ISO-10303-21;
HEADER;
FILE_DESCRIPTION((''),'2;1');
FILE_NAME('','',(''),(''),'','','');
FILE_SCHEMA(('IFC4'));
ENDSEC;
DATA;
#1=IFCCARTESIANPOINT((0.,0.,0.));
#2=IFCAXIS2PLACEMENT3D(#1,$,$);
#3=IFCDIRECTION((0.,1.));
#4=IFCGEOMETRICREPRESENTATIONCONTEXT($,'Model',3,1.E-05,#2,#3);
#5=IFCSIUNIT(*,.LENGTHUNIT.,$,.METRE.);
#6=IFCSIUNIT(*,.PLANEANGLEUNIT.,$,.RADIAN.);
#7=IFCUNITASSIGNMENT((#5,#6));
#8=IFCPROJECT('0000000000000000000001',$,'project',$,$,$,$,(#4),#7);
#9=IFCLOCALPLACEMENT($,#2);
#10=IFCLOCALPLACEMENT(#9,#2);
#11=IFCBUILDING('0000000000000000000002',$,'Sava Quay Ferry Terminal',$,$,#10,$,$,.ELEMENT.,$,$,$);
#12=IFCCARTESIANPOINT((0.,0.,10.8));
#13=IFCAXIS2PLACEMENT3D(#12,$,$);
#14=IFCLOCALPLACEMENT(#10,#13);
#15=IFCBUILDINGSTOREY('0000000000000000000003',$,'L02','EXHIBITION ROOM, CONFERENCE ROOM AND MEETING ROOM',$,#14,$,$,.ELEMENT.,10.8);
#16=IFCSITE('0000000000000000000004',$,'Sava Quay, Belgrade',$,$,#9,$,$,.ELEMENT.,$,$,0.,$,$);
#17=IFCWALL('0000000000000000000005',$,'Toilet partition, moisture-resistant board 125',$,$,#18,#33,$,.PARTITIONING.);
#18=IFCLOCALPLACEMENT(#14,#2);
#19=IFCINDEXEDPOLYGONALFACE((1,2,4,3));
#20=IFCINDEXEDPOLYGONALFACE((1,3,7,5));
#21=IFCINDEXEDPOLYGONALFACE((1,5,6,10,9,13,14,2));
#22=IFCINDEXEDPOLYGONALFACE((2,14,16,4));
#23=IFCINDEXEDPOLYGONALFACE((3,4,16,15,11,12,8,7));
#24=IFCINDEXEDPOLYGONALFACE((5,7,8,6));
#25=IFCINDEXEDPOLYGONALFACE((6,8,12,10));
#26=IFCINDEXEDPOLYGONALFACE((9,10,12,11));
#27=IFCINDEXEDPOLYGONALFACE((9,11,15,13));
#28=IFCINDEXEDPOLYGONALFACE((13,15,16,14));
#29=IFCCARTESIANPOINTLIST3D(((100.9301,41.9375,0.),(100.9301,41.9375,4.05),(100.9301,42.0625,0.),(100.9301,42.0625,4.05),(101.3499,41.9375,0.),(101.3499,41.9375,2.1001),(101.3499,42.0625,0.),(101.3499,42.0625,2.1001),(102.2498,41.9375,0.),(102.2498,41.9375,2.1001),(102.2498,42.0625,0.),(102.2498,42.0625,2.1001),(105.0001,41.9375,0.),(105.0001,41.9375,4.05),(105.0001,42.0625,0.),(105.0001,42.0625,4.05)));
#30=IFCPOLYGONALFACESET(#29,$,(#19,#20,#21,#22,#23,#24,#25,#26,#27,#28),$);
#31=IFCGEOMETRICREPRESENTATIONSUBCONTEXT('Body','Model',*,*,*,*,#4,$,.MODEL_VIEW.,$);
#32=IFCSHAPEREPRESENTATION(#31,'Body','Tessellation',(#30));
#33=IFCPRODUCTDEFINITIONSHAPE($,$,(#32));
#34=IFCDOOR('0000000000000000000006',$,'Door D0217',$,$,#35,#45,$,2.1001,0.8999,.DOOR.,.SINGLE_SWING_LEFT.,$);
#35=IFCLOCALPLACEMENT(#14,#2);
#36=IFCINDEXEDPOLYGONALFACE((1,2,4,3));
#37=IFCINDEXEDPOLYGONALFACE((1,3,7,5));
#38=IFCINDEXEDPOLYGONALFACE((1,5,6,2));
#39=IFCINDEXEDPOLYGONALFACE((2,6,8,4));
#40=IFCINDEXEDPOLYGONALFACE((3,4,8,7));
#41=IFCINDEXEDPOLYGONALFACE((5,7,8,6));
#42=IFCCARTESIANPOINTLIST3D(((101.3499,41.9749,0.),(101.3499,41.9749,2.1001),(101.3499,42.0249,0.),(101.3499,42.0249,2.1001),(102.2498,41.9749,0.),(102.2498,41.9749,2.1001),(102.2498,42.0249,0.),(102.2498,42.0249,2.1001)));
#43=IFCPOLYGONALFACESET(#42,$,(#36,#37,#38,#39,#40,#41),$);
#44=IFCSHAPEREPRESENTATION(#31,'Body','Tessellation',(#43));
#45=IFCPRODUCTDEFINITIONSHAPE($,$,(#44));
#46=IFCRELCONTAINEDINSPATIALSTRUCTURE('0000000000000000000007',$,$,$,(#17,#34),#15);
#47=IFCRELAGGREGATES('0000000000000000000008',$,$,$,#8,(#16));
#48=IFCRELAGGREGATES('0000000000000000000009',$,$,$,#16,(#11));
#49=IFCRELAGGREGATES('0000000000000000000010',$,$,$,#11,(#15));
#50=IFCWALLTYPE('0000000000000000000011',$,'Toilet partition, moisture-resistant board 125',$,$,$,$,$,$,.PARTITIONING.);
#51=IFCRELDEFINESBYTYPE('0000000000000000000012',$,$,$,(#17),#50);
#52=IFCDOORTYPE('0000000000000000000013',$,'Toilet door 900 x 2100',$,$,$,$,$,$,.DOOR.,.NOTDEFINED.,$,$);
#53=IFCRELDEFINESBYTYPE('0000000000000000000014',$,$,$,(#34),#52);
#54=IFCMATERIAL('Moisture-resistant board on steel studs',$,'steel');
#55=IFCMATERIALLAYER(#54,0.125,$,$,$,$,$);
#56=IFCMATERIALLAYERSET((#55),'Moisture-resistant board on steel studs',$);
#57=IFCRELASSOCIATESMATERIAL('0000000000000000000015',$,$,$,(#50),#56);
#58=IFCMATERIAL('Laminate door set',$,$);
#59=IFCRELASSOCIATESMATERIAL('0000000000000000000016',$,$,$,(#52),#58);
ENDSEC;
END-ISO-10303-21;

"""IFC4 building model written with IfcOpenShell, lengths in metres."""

from ifc_helpers import new_model, si_unit, direction, frame, frame_2d, origin, place, context, subcontext, project, spatial, rectangle, extrude, material, layer, layer_set, type_object, element, fill, save


model = new_model("IFC4")

# Units and contexts
model_context = context("Model", 3, precision=1e-05, world=origin(), true_north=direction((0.0, 1.0)))
body_context = subcontext(model_context, "Body", "Model", "MODEL_VIEW")
ifc_project = project(units=[si_unit("LENGTHUNIT", "METRE"), si_unit("PLANEANGLEUNIT", "RADIAN")], contexts=[model_context])

# Site, building, storey
site_placement = place(None, origin())
site = spatial("IfcSite", under=ifc_project, at=site_placement, Name="Sava Quay, Belgrade", CompositionType="ELEMENT", RefElevation=0.0)
building_placement = place(site_placement, origin())
building = spatial("IfcBuilding", under=site, at=building_placement, Name="Sava Quay Ferry Terminal", CompositionType="ELEMENT")
storey_placement = place(building_placement, frame((0.0, 0.0, 10.8)))
storey = spatial("IfcBuildingStorey", under=building, at=storey_placement, Name="L02", Description="EXHIBITION ROOM, CONFERENCE ROOM AND MEETING ROOM", CompositionType="ELEMENT", Elevation=10.8)

# Wall, opening, door
ifc_material_1 = material(Name="Moisture-resistant board on steel studs", Category="steel")
ifc_layer_1 = layer(ifc_material_1, 0.125)
ifc_layer_set_1 = layer_set([ifc_layer_1], Name="Moisture-resistant board on steel studs")
wall_type_1 = type_object("IfcWallType", Name="Toilet partition, moisture-resistant board 125", PredefinedType="PARTITIONING", material=ifc_layer_set_1)
wall_1_placement = place(storey_placement, frame((100.9299, 42.0, 0.0), z_axis=(0.0, 0.0, 1.0), x_axis=(1.0, 0.0, 0.0)))
wall_1 = element("IfcWall", 1, at=wall_1_placement, inside=storey, type_object=wall_type_1, Name="Toilet partition, moisture-resistant board 125", PredefinedType="PARTITIONING", context=body_context, shape_type="SweptSolid", body=[
    extrude(rectangle(XDim=4.0701, YDim=0.125, at=frame_2d((2.0352, 0.0))), origin(), (0.0, 0.0, 1.0), 4.05),
])
opening_1_placement = place(wall_1_placement, frame((0.4199, 0.0, 0.0)))
opening_1 = element("IfcOpeningElement", 2, at=opening_1_placement, cuts=wall_1, PredefinedType="OPENING", context=body_context, shape_type="SweptSolid", body=[
    extrude(rectangle(XDim=0.8999, YDim=2.1001, at=frame_2d((0.45, 1.05))), frame((0.0, 0.0625, 0.0), z_axis=(0.0, -1.0, 0.0), x_axis=(1.0, 0.0, 0.0)), (0.0, 0.0, 1.0), 0.125),
])
ifc_material_2 = material(Name="Laminate door set")
door_type_1 = type_object("IfcDoorType", Name="Toilet door 900 x 2100", OperationType="NOTDEFINED", PredefinedType="DOOR", material=ifc_material_2)
door_1_placement = place(opening_1_placement, origin())
door_1 = element("IfcDoor", 3, at=door_1_placement, inside=storey, type_object=door_type_1, Name="Door D0217", OperationType="SINGLE_SWING_LEFT", OverallHeight=2.1001, OverallWidth=0.8999, PredefinedType="DOOR", context=body_context, shape_type="SweptSolid", body=[
    extrude(rectangle(XDim=0.8999, YDim=2.1001, at=frame_2d((0.45, 1.05))), frame((0.0, 0.0249, 0.0), z_axis=(0.0, -1.0, 0.0), x_axis=(1.0, 0.0, 0.0)), (0.0, 0.0, 1.0), 0.05),
])
fill(opening_1, door_1)

save(model, "model.ifc")
